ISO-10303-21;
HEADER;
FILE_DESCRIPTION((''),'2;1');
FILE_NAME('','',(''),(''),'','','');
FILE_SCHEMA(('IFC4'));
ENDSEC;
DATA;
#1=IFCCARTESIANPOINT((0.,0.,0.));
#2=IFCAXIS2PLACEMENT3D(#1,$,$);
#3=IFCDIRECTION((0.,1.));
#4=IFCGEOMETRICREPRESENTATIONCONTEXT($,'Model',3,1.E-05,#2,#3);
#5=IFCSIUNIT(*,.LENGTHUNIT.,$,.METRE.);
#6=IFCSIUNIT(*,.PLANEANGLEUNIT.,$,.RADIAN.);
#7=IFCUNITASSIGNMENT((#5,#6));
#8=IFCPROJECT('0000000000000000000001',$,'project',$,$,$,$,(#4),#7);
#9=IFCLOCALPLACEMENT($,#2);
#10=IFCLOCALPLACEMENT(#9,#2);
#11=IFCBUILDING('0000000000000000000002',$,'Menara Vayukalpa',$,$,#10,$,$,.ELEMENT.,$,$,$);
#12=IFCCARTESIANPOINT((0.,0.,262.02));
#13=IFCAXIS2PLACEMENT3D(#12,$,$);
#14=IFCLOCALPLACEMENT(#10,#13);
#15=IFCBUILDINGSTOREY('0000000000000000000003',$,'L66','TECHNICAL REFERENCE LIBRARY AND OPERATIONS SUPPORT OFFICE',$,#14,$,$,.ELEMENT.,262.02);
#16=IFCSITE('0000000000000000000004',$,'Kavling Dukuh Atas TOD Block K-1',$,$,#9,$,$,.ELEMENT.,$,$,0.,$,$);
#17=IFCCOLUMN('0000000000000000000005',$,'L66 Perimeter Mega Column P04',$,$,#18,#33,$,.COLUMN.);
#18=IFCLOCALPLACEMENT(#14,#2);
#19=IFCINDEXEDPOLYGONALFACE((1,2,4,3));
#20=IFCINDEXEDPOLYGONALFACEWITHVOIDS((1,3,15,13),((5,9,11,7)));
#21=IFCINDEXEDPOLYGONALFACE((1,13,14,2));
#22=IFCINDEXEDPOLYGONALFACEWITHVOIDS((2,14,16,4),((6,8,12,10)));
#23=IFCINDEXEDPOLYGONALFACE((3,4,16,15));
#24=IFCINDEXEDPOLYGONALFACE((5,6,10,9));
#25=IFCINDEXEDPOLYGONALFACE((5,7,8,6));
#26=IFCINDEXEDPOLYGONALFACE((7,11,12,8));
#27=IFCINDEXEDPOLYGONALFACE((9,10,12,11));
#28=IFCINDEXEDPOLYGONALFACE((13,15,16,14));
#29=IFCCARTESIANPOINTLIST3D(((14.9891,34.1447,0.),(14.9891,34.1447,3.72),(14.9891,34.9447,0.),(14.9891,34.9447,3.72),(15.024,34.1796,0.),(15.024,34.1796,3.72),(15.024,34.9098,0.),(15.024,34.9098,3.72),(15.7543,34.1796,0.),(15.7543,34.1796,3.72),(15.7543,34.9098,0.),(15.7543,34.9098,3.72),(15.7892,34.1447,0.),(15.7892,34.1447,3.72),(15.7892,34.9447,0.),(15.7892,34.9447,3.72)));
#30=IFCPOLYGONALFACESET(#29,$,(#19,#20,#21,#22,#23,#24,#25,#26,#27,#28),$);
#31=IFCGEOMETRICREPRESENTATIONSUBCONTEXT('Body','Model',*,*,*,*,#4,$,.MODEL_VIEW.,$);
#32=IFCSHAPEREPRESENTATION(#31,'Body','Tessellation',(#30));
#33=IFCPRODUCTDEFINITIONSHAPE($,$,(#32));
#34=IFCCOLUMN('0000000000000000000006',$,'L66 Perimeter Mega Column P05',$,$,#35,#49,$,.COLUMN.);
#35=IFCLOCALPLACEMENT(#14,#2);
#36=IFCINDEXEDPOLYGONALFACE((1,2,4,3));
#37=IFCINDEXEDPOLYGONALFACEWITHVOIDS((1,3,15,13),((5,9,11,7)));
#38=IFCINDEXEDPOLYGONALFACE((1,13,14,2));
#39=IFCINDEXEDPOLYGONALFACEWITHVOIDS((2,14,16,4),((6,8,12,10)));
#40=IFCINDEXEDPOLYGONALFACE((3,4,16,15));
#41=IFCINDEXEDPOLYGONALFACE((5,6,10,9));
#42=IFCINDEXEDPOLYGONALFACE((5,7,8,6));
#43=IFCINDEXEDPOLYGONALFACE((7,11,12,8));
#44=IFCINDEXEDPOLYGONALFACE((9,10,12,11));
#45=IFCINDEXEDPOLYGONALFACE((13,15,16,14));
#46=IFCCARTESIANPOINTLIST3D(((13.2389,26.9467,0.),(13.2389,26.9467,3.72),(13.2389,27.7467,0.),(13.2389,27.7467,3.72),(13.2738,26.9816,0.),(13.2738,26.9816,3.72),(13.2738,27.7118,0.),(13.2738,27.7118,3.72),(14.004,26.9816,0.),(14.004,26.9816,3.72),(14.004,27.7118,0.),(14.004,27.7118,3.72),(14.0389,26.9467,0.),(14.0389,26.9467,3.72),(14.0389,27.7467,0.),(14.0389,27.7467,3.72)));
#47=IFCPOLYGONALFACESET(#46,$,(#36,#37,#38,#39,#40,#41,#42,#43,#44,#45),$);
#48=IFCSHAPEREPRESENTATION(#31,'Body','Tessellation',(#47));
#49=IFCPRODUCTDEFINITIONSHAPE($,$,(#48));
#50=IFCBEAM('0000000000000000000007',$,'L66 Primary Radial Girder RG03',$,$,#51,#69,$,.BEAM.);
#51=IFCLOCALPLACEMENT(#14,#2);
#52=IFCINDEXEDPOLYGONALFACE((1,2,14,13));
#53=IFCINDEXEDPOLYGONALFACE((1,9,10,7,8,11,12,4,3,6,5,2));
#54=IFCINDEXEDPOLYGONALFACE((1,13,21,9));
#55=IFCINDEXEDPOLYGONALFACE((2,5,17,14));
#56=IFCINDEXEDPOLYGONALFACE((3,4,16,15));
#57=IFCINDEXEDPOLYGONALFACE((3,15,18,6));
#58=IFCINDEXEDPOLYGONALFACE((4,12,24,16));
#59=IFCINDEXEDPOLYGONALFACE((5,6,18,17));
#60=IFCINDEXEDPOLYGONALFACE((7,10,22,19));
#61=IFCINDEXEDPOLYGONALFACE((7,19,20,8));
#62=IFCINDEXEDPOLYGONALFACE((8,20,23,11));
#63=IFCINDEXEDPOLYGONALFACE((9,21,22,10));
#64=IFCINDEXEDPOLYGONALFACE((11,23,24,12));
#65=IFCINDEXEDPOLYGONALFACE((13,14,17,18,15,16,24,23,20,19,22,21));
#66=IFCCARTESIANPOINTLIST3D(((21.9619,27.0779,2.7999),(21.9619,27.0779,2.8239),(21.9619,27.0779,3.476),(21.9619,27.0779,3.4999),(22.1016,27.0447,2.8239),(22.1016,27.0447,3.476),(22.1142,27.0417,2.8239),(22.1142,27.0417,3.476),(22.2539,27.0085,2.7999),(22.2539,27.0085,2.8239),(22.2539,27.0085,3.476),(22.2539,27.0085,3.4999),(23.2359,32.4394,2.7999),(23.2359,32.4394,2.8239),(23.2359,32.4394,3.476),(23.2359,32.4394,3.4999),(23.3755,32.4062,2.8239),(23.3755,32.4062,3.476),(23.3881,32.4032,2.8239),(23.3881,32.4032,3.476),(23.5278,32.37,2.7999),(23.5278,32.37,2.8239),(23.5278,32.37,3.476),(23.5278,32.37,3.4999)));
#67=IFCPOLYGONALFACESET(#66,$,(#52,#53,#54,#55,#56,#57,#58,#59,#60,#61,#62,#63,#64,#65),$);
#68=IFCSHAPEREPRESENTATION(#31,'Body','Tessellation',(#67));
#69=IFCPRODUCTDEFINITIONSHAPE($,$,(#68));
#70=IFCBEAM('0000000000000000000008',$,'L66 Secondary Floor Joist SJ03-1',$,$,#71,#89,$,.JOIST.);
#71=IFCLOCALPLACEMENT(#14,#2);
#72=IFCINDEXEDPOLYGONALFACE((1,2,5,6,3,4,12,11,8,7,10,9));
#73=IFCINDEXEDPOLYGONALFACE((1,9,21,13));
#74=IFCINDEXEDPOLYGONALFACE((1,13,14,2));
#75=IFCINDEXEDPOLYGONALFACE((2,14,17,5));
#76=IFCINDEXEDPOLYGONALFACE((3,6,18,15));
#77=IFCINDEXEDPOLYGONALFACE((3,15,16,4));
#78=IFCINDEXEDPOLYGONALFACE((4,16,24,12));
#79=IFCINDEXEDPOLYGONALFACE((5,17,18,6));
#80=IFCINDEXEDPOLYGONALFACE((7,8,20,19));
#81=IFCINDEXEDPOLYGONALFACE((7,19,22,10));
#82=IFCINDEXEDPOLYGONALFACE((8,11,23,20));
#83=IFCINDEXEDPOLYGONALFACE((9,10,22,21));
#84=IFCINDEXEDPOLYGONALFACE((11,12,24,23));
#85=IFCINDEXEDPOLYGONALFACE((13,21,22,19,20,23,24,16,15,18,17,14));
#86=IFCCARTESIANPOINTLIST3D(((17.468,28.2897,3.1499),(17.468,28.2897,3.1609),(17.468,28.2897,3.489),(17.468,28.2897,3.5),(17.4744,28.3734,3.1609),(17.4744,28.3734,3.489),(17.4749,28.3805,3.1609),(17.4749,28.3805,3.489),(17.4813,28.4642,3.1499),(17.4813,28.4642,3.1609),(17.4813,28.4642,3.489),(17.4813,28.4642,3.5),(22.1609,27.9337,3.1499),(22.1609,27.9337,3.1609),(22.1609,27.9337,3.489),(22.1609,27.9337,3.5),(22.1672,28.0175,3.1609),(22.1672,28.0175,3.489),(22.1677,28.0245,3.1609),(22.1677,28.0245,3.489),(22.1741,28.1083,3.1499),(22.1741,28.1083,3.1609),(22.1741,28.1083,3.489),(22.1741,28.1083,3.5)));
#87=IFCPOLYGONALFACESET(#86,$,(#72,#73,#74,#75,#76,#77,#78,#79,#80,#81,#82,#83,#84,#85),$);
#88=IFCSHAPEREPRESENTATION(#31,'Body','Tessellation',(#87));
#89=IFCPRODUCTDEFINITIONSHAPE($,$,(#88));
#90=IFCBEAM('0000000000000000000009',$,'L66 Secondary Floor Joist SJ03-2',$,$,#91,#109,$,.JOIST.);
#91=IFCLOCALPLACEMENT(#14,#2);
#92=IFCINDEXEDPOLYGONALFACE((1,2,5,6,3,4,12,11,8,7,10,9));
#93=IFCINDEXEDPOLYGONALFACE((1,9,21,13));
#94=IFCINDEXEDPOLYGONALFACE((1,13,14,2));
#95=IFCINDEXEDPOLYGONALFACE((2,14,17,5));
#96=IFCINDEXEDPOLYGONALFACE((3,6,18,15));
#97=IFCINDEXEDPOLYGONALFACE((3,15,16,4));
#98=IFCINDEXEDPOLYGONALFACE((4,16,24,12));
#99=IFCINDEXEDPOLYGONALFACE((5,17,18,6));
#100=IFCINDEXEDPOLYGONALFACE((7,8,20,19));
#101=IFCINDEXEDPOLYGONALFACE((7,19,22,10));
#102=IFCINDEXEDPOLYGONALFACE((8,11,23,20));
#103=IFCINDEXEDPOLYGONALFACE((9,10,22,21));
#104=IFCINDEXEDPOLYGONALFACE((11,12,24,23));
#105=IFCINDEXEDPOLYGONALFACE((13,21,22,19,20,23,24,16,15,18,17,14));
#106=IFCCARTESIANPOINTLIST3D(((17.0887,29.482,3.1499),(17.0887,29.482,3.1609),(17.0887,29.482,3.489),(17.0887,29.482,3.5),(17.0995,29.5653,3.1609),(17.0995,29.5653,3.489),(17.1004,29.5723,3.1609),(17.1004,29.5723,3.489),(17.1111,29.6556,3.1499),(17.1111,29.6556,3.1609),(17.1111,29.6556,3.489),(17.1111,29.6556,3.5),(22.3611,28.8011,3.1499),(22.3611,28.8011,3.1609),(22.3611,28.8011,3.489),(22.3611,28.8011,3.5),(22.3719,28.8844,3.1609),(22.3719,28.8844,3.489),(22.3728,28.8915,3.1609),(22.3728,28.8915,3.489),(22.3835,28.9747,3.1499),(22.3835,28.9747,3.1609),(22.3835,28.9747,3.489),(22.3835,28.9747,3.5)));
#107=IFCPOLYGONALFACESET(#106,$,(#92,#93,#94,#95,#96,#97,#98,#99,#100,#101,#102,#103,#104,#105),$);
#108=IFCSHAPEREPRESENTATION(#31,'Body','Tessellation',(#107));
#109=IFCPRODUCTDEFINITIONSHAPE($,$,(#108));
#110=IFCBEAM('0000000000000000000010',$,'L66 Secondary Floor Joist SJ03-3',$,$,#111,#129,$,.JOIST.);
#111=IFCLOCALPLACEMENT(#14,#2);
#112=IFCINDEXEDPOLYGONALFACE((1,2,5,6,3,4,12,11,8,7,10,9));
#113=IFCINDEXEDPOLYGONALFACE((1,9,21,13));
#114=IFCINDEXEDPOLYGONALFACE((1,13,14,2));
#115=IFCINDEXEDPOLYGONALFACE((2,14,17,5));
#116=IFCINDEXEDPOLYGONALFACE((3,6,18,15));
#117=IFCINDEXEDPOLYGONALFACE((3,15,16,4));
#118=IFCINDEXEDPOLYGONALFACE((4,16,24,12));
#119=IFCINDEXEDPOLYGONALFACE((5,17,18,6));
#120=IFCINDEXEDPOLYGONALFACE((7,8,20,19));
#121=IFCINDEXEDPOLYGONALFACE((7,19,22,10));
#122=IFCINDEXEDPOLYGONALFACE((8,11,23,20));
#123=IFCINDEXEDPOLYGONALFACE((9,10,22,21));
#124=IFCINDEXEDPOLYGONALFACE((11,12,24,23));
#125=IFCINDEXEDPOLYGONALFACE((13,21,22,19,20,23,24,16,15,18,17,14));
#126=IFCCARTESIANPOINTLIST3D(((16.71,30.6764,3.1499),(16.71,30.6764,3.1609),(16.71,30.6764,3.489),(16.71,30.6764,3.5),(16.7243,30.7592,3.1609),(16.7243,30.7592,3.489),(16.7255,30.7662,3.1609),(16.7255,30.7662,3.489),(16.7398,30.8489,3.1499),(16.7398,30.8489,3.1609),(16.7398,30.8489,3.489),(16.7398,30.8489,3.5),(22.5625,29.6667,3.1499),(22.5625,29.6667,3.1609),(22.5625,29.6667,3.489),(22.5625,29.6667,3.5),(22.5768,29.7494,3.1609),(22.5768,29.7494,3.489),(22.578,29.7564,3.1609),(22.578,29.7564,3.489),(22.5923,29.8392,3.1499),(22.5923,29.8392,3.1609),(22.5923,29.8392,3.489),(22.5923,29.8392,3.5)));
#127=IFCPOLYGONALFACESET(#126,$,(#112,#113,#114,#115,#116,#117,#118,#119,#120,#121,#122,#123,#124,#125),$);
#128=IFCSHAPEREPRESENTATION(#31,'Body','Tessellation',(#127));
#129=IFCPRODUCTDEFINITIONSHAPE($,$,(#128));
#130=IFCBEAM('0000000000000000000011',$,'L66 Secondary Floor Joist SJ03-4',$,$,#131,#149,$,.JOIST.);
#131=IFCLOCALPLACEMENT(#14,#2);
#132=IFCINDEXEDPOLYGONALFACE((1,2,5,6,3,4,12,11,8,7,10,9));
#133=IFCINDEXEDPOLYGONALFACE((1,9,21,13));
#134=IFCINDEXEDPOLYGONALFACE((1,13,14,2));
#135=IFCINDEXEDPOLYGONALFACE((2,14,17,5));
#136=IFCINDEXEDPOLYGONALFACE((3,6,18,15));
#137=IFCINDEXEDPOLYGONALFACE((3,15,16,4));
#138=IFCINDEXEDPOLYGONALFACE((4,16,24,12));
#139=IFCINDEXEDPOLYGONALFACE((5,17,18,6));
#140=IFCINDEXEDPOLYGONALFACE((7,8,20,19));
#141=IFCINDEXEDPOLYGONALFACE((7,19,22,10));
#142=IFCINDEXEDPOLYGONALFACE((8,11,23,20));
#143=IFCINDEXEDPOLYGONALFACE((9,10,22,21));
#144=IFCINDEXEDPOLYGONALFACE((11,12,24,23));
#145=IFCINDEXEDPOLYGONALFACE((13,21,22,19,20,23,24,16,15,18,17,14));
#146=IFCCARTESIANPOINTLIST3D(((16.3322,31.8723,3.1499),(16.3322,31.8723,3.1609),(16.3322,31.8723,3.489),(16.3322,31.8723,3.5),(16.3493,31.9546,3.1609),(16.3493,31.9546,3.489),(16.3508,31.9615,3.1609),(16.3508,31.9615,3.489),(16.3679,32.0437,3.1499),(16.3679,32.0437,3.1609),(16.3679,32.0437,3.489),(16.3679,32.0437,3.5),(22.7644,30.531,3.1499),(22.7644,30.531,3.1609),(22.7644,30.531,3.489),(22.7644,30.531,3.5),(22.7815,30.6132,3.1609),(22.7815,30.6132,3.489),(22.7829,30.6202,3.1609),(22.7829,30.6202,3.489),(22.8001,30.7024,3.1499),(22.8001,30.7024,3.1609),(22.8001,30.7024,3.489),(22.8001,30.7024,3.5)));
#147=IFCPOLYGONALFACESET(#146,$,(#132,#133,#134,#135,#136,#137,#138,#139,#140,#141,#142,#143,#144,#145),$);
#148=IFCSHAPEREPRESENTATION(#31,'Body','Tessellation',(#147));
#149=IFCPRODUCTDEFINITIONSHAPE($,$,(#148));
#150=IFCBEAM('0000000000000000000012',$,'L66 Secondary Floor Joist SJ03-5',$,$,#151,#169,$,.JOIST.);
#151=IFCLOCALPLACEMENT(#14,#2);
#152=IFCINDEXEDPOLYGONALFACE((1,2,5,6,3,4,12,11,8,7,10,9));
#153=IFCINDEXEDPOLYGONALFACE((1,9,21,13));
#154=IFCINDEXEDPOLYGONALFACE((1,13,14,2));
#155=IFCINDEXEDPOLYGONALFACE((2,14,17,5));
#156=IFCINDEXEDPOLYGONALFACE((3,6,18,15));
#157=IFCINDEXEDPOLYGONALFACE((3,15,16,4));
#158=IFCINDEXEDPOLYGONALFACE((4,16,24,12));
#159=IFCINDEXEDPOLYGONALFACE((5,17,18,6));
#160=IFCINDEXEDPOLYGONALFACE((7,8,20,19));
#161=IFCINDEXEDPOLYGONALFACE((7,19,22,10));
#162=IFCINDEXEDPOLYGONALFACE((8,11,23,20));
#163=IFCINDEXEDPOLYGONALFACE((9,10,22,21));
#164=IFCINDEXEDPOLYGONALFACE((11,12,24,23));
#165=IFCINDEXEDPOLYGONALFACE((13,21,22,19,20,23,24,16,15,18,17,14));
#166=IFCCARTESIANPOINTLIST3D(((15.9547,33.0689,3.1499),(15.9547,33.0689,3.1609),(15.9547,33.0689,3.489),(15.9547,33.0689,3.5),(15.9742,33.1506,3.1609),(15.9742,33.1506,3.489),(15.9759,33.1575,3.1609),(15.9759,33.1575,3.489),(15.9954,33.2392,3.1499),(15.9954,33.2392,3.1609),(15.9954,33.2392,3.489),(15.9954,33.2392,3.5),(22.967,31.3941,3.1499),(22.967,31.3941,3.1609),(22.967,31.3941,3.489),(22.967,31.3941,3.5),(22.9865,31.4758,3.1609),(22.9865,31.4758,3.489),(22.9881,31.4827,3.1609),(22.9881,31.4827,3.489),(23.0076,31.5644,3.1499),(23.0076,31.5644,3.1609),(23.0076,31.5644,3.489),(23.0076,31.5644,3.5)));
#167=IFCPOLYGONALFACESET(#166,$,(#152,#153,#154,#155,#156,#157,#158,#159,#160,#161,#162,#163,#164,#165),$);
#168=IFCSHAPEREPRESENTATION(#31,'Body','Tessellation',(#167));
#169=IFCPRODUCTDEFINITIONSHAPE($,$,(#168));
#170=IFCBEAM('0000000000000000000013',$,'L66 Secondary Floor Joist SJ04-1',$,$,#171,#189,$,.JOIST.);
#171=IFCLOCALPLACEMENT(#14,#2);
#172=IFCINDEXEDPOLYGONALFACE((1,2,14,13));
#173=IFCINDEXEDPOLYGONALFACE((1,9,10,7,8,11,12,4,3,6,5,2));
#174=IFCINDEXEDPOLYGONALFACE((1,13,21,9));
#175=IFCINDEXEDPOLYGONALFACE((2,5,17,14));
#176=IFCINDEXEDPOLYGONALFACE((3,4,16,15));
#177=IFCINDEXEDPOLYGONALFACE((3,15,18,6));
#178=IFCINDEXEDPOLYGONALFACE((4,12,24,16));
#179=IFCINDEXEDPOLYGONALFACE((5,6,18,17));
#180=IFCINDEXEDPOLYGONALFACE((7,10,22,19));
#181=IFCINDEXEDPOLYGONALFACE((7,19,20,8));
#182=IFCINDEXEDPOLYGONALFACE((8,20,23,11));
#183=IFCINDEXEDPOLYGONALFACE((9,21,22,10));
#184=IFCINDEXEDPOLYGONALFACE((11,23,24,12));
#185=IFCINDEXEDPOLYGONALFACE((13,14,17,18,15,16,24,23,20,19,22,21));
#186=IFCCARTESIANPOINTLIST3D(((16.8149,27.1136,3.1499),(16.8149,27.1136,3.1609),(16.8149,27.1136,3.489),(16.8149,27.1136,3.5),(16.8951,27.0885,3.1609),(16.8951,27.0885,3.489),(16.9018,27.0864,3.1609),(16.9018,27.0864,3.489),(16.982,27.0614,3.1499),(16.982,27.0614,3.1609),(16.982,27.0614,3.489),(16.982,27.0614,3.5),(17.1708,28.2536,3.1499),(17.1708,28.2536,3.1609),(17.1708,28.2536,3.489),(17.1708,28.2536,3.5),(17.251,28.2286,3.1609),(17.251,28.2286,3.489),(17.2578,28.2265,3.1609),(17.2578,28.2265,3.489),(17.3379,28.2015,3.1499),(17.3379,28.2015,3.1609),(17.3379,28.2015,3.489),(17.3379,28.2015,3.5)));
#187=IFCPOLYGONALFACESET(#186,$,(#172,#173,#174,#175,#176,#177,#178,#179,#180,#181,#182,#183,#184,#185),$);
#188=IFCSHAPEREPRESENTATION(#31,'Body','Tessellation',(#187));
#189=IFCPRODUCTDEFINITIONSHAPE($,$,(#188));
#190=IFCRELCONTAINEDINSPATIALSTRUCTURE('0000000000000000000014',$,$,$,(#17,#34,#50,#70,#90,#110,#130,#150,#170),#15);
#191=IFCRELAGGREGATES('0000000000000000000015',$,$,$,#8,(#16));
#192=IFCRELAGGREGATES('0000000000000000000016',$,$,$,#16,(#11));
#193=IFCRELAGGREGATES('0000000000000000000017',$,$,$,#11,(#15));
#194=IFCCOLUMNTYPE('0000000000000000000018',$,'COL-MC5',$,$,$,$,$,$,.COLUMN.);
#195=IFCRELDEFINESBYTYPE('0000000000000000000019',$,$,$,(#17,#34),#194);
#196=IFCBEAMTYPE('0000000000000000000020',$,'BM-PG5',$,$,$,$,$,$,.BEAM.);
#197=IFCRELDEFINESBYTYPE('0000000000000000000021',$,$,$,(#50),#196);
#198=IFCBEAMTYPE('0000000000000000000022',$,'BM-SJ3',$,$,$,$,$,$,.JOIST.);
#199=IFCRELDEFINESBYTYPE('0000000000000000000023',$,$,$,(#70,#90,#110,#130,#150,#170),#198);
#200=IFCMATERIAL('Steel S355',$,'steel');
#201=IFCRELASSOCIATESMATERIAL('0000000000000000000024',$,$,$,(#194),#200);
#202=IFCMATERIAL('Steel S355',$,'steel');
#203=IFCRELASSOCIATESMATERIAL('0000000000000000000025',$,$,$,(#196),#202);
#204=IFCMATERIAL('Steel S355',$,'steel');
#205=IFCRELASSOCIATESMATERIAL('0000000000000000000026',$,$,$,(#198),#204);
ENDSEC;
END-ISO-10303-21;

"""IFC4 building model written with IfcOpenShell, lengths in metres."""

from ifc_helpers import new_model, si_unit, direction, frame, origin, origin_2d, place, context, subcontext, project, spatial, hollow_rectangle, i_section, extrude, material, material_profile, profile_set, type_object, element, save


model = new_model("IFC4")

# Units and contexts
model_context = context("Model", 3, precision=1e-05, world=origin(), true_north=direction((0.0, 1.0)))
body_context = subcontext(model_context, "Body", "Model", "MODEL_VIEW")
ifc_project = project(units=[si_unit("LENGTHUNIT", "METRE"), si_unit("PLANEANGLEUNIT", "RADIAN")], contexts=[model_context])

# Site, building, storey
site_placement = place(None, origin())
site = spatial("IfcSite", under=ifc_project, at=site_placement, Name="Kavling Dukuh Atas TOD Block K-1", CompositionType="ELEMENT", RefElevation=0.0)
building_placement = place(site_placement, origin())
building = spatial("IfcBuilding", under=site, at=building_placement, Name="Menara Vayukalpa", CompositionType="ELEMENT")
storey_placement = place(building_placement, frame((0.0, 0.0, 262.02)))
storey = spatial("IfcBuildingStorey", under=building, at=storey_placement, Name="L66", Description="TECHNICAL REFERENCE LIBRARY AND OPERATIONS SUPPORT OFFICE", CompositionType="ELEMENT", Elevation=262.02)

# Columns
ifc_material_1 = material(Name="Steel S355", Category="steel")
ifc_material_profile_1 = material_profile(ifc_material_1, hollow_rectangle(XDim=0.8, YDim=0.8, WallThickness=0.0349, at=origin_2d()), Name="BOX 800x800x35")
ifc_profile_set_1 = profile_set([ifc_material_profile_1], Name="Steel S355")
column_type = type_object("IfcColumnType", Name="COL-MC5", PredefinedType="COLUMN", material=ifc_profile_set_1)
for number, where, z_axis, x_axis, name in (
    (1, (15.3892, 34.5447, 0.0), (0.0, 0.0, 1.0), (1.0, 0.0, 0.0), "L66 Perimeter Mega Column P04"),
    (2, (13.6389, 27.3467, 0.0), (0.0, 0.0, 1.0), (1.0, 0.0, 0.0), "L66 Perimeter Mega Column P05"),
):
    element("IfcColumn", number, at=place(storey_placement, frame(where, z_axis=z_axis, x_axis=x_axis)), inside=storey, type_object=column_type, Name=name, PredefinedType="COLUMN", context=body_context, shape_type="SweptSolid", body=[
        extrude(hollow_rectangle(XDim=0.8, YDim=0.8, WallThickness=0.0349, at=origin_2d()), origin(), (0.0, 0.0, 1.0), 3.72),
    ])

# Beams
ifc_material_2 = material(Name="Steel S355", Category="steel")
ifc_material_profile_2 = material_profile(ifc_material_2, i_section(OverallWidth=0.3, OverallDepth=0.7, WebThickness=0.0129, FlangeThickness=0.0239, at=origin_2d()), Name="WF 700x300x13x24")
ifc_profile_set_2 = profile_set([ifc_material_profile_2], Name="Steel S355")
beam_type_1 = type_object("IfcBeamType", Name="BM-PG5", PredefinedType="BEAM", material=ifc_profile_set_2)
beam_1_placement = place(storey_placement, frame((22.1079, 27.0432, 3.1499), z_axis=(0.231167, 0.972914, 0.0), x_axis=(-0.972914, 0.231167, 0.0)))
element("IfcBeam", 3, at=beam_1_placement, inside=storey, type_object=beam_type_1, Name="L66 Primary Radial Girder RG03", PredefinedType="BEAM", context=body_context, shape_type="SweptSolid", body=[
    extrude(i_section(OverallWidth=0.3, OverallDepth=0.7, WebThickness=0.0129, FlangeThickness=0.0239, at=origin_2d()), origin(), (0.0, 0.0, 1.0), 5.5107),
])
ifc_material_3 = material(Name="Steel S355", Category="steel")
ifc_material_profile_3 = material_profile(ifc_material_3, i_section(OverallWidth=0.175, OverallDepth=0.3501, WebThickness=0.0071, FlangeThickness=0.011, at=origin_2d()), Name="WF 350x175x7x11")
ifc_profile_set_3 = profile_set([ifc_material_profile_3], Name="Steel S355")
beam_type_2 = type_object("IfcBeamType", Name="BM-SJ3", PredefinedType="JOIST", material=ifc_profile_set_3)
beam_2_placement = place(storey_placement, frame((22.1675, 28.021, 3.325), z_axis=(-0.997136, 0.075633, 0.0), x_axis=(-0.075633, -0.997136, 0.0)))
element("IfcBeam", 4, at=beam_2_placement, inside=storey, type_object=beam_type_2, Name="L66 Secondary Floor Joist SJ03-1", PredefinedType="JOIST", context=body_context, shape_type="SweptSolid", body=[
    extrude(i_section(OverallWidth=0.175, OverallDepth=0.3501, WebThickness=0.0071, FlangeThickness=0.011, at=origin_2d()), origin(), (0.0, 0.0, 1.0), 4.7063),
])
beam_3_placement = place(storey_placement, frame((22.3723, 28.8879, 3.325), z_axis=(-0.991764, 0.128081, 0.0), x_axis=(-0.128081, -0.991764, 0.0)))
element("IfcBeam", 5, at=beam_3_placement, inside=storey, type_object=beam_type_2, Name="L66 Secondary Floor Joist SJ03-2", PredefinedType="JOIST", context=body_context, shape_type="SweptSolid", body=[
    extrude(i_section(OverallWidth=0.175, OverallDepth=0.3501, WebThickness=0.0071, FlangeThickness=0.011, at=origin_2d()), origin(), (0.0, 0.0, 1.0), 5.3162),
])
beam_4_placement = place(storey_placement, frame((22.5774, 29.7529, 3.325), z_axis=(-0.98544, 0.170023, 0.0), x_axis=(-0.170023, -0.98544, 0.0)))
element("IfcBeam", 6, at=beam_4_placement, inside=storey, type_object=beam_type_2, Name="L66 Secondary Floor Joist SJ03-3", PredefinedType="JOIST", context=body_context, shape_type="SweptSolid", body=[
    extrude(i_section(OverallWidth=0.175, OverallDepth=0.3501, WebThickness=0.0071, FlangeThickness=0.011, at=origin_2d()), origin(), (0.0, 0.0, 1.0), 5.939),
])
beam_5_placement = place(storey_placement, frame((22.7822, 30.6167, 3.325), z_axis=(-0.978941, 0.204141, 0.0), x_axis=(-0.204141, -0.978941, 0.0)))
element("IfcBeam", 7, at=beam_5_placement, inside=storey, type_object=beam_type_2, Name="L66 Secondary Floor Joist SJ03-4", PredefinedType="JOIST", context=body_context, shape_type="SweptSolid", body=[
    extrude(i_section(OverallWidth=0.175, OverallDepth=0.3501, WebThickness=0.0071, FlangeThickness=0.011, at=origin_2d()), origin(), (0.0, 0.0, 1.0), 6.5706),
])
beam_6_placement = place(storey_placement, frame((22.9873, 31.4792, 3.325), z_axis=(-0.972642, 0.232307, 0.0), x_axis=(-0.232307, -0.972642, 0.0)))
element("IfcBeam", 8, at=beam_6_placement, inside=storey, type_object=beam_type_2, Name="L66 Secondary Floor Joist SJ03-5", PredefinedType="JOIST", context=body_context, shape_type="SweptSolid", body=[
    extrude(i_section(OverallWidth=0.175, OverallDepth=0.3501, WebThickness=0.0071, FlangeThickness=0.011, at=origin_2d()), origin(), (0.0, 0.0, 1.0), 7.2095),
])
beam_7_placement = place(storey_placement, frame((17.2544, 28.2275, 3.325), z_axis=(-0.298019, -0.95456, 0.0), x_axis=(0.95456, -0.298019, 0.0)))
element("IfcBeam", 9, at=beam_7_placement, inside=storey, type_object=beam_type_2, Name="L66 Secondary Floor Joist SJ04-1", PredefinedType="JOIST", context=body_context, shape_type="SweptSolid", body=[
    extrude(i_section(OverallWidth=0.175, OverallDepth=0.3501, WebThickness=0.0071, FlangeThickness=0.011, at=origin_2d()), origin(), (0.0, 0.0, 1.0), 1.1943),
])

save(model, "model.ifc")
